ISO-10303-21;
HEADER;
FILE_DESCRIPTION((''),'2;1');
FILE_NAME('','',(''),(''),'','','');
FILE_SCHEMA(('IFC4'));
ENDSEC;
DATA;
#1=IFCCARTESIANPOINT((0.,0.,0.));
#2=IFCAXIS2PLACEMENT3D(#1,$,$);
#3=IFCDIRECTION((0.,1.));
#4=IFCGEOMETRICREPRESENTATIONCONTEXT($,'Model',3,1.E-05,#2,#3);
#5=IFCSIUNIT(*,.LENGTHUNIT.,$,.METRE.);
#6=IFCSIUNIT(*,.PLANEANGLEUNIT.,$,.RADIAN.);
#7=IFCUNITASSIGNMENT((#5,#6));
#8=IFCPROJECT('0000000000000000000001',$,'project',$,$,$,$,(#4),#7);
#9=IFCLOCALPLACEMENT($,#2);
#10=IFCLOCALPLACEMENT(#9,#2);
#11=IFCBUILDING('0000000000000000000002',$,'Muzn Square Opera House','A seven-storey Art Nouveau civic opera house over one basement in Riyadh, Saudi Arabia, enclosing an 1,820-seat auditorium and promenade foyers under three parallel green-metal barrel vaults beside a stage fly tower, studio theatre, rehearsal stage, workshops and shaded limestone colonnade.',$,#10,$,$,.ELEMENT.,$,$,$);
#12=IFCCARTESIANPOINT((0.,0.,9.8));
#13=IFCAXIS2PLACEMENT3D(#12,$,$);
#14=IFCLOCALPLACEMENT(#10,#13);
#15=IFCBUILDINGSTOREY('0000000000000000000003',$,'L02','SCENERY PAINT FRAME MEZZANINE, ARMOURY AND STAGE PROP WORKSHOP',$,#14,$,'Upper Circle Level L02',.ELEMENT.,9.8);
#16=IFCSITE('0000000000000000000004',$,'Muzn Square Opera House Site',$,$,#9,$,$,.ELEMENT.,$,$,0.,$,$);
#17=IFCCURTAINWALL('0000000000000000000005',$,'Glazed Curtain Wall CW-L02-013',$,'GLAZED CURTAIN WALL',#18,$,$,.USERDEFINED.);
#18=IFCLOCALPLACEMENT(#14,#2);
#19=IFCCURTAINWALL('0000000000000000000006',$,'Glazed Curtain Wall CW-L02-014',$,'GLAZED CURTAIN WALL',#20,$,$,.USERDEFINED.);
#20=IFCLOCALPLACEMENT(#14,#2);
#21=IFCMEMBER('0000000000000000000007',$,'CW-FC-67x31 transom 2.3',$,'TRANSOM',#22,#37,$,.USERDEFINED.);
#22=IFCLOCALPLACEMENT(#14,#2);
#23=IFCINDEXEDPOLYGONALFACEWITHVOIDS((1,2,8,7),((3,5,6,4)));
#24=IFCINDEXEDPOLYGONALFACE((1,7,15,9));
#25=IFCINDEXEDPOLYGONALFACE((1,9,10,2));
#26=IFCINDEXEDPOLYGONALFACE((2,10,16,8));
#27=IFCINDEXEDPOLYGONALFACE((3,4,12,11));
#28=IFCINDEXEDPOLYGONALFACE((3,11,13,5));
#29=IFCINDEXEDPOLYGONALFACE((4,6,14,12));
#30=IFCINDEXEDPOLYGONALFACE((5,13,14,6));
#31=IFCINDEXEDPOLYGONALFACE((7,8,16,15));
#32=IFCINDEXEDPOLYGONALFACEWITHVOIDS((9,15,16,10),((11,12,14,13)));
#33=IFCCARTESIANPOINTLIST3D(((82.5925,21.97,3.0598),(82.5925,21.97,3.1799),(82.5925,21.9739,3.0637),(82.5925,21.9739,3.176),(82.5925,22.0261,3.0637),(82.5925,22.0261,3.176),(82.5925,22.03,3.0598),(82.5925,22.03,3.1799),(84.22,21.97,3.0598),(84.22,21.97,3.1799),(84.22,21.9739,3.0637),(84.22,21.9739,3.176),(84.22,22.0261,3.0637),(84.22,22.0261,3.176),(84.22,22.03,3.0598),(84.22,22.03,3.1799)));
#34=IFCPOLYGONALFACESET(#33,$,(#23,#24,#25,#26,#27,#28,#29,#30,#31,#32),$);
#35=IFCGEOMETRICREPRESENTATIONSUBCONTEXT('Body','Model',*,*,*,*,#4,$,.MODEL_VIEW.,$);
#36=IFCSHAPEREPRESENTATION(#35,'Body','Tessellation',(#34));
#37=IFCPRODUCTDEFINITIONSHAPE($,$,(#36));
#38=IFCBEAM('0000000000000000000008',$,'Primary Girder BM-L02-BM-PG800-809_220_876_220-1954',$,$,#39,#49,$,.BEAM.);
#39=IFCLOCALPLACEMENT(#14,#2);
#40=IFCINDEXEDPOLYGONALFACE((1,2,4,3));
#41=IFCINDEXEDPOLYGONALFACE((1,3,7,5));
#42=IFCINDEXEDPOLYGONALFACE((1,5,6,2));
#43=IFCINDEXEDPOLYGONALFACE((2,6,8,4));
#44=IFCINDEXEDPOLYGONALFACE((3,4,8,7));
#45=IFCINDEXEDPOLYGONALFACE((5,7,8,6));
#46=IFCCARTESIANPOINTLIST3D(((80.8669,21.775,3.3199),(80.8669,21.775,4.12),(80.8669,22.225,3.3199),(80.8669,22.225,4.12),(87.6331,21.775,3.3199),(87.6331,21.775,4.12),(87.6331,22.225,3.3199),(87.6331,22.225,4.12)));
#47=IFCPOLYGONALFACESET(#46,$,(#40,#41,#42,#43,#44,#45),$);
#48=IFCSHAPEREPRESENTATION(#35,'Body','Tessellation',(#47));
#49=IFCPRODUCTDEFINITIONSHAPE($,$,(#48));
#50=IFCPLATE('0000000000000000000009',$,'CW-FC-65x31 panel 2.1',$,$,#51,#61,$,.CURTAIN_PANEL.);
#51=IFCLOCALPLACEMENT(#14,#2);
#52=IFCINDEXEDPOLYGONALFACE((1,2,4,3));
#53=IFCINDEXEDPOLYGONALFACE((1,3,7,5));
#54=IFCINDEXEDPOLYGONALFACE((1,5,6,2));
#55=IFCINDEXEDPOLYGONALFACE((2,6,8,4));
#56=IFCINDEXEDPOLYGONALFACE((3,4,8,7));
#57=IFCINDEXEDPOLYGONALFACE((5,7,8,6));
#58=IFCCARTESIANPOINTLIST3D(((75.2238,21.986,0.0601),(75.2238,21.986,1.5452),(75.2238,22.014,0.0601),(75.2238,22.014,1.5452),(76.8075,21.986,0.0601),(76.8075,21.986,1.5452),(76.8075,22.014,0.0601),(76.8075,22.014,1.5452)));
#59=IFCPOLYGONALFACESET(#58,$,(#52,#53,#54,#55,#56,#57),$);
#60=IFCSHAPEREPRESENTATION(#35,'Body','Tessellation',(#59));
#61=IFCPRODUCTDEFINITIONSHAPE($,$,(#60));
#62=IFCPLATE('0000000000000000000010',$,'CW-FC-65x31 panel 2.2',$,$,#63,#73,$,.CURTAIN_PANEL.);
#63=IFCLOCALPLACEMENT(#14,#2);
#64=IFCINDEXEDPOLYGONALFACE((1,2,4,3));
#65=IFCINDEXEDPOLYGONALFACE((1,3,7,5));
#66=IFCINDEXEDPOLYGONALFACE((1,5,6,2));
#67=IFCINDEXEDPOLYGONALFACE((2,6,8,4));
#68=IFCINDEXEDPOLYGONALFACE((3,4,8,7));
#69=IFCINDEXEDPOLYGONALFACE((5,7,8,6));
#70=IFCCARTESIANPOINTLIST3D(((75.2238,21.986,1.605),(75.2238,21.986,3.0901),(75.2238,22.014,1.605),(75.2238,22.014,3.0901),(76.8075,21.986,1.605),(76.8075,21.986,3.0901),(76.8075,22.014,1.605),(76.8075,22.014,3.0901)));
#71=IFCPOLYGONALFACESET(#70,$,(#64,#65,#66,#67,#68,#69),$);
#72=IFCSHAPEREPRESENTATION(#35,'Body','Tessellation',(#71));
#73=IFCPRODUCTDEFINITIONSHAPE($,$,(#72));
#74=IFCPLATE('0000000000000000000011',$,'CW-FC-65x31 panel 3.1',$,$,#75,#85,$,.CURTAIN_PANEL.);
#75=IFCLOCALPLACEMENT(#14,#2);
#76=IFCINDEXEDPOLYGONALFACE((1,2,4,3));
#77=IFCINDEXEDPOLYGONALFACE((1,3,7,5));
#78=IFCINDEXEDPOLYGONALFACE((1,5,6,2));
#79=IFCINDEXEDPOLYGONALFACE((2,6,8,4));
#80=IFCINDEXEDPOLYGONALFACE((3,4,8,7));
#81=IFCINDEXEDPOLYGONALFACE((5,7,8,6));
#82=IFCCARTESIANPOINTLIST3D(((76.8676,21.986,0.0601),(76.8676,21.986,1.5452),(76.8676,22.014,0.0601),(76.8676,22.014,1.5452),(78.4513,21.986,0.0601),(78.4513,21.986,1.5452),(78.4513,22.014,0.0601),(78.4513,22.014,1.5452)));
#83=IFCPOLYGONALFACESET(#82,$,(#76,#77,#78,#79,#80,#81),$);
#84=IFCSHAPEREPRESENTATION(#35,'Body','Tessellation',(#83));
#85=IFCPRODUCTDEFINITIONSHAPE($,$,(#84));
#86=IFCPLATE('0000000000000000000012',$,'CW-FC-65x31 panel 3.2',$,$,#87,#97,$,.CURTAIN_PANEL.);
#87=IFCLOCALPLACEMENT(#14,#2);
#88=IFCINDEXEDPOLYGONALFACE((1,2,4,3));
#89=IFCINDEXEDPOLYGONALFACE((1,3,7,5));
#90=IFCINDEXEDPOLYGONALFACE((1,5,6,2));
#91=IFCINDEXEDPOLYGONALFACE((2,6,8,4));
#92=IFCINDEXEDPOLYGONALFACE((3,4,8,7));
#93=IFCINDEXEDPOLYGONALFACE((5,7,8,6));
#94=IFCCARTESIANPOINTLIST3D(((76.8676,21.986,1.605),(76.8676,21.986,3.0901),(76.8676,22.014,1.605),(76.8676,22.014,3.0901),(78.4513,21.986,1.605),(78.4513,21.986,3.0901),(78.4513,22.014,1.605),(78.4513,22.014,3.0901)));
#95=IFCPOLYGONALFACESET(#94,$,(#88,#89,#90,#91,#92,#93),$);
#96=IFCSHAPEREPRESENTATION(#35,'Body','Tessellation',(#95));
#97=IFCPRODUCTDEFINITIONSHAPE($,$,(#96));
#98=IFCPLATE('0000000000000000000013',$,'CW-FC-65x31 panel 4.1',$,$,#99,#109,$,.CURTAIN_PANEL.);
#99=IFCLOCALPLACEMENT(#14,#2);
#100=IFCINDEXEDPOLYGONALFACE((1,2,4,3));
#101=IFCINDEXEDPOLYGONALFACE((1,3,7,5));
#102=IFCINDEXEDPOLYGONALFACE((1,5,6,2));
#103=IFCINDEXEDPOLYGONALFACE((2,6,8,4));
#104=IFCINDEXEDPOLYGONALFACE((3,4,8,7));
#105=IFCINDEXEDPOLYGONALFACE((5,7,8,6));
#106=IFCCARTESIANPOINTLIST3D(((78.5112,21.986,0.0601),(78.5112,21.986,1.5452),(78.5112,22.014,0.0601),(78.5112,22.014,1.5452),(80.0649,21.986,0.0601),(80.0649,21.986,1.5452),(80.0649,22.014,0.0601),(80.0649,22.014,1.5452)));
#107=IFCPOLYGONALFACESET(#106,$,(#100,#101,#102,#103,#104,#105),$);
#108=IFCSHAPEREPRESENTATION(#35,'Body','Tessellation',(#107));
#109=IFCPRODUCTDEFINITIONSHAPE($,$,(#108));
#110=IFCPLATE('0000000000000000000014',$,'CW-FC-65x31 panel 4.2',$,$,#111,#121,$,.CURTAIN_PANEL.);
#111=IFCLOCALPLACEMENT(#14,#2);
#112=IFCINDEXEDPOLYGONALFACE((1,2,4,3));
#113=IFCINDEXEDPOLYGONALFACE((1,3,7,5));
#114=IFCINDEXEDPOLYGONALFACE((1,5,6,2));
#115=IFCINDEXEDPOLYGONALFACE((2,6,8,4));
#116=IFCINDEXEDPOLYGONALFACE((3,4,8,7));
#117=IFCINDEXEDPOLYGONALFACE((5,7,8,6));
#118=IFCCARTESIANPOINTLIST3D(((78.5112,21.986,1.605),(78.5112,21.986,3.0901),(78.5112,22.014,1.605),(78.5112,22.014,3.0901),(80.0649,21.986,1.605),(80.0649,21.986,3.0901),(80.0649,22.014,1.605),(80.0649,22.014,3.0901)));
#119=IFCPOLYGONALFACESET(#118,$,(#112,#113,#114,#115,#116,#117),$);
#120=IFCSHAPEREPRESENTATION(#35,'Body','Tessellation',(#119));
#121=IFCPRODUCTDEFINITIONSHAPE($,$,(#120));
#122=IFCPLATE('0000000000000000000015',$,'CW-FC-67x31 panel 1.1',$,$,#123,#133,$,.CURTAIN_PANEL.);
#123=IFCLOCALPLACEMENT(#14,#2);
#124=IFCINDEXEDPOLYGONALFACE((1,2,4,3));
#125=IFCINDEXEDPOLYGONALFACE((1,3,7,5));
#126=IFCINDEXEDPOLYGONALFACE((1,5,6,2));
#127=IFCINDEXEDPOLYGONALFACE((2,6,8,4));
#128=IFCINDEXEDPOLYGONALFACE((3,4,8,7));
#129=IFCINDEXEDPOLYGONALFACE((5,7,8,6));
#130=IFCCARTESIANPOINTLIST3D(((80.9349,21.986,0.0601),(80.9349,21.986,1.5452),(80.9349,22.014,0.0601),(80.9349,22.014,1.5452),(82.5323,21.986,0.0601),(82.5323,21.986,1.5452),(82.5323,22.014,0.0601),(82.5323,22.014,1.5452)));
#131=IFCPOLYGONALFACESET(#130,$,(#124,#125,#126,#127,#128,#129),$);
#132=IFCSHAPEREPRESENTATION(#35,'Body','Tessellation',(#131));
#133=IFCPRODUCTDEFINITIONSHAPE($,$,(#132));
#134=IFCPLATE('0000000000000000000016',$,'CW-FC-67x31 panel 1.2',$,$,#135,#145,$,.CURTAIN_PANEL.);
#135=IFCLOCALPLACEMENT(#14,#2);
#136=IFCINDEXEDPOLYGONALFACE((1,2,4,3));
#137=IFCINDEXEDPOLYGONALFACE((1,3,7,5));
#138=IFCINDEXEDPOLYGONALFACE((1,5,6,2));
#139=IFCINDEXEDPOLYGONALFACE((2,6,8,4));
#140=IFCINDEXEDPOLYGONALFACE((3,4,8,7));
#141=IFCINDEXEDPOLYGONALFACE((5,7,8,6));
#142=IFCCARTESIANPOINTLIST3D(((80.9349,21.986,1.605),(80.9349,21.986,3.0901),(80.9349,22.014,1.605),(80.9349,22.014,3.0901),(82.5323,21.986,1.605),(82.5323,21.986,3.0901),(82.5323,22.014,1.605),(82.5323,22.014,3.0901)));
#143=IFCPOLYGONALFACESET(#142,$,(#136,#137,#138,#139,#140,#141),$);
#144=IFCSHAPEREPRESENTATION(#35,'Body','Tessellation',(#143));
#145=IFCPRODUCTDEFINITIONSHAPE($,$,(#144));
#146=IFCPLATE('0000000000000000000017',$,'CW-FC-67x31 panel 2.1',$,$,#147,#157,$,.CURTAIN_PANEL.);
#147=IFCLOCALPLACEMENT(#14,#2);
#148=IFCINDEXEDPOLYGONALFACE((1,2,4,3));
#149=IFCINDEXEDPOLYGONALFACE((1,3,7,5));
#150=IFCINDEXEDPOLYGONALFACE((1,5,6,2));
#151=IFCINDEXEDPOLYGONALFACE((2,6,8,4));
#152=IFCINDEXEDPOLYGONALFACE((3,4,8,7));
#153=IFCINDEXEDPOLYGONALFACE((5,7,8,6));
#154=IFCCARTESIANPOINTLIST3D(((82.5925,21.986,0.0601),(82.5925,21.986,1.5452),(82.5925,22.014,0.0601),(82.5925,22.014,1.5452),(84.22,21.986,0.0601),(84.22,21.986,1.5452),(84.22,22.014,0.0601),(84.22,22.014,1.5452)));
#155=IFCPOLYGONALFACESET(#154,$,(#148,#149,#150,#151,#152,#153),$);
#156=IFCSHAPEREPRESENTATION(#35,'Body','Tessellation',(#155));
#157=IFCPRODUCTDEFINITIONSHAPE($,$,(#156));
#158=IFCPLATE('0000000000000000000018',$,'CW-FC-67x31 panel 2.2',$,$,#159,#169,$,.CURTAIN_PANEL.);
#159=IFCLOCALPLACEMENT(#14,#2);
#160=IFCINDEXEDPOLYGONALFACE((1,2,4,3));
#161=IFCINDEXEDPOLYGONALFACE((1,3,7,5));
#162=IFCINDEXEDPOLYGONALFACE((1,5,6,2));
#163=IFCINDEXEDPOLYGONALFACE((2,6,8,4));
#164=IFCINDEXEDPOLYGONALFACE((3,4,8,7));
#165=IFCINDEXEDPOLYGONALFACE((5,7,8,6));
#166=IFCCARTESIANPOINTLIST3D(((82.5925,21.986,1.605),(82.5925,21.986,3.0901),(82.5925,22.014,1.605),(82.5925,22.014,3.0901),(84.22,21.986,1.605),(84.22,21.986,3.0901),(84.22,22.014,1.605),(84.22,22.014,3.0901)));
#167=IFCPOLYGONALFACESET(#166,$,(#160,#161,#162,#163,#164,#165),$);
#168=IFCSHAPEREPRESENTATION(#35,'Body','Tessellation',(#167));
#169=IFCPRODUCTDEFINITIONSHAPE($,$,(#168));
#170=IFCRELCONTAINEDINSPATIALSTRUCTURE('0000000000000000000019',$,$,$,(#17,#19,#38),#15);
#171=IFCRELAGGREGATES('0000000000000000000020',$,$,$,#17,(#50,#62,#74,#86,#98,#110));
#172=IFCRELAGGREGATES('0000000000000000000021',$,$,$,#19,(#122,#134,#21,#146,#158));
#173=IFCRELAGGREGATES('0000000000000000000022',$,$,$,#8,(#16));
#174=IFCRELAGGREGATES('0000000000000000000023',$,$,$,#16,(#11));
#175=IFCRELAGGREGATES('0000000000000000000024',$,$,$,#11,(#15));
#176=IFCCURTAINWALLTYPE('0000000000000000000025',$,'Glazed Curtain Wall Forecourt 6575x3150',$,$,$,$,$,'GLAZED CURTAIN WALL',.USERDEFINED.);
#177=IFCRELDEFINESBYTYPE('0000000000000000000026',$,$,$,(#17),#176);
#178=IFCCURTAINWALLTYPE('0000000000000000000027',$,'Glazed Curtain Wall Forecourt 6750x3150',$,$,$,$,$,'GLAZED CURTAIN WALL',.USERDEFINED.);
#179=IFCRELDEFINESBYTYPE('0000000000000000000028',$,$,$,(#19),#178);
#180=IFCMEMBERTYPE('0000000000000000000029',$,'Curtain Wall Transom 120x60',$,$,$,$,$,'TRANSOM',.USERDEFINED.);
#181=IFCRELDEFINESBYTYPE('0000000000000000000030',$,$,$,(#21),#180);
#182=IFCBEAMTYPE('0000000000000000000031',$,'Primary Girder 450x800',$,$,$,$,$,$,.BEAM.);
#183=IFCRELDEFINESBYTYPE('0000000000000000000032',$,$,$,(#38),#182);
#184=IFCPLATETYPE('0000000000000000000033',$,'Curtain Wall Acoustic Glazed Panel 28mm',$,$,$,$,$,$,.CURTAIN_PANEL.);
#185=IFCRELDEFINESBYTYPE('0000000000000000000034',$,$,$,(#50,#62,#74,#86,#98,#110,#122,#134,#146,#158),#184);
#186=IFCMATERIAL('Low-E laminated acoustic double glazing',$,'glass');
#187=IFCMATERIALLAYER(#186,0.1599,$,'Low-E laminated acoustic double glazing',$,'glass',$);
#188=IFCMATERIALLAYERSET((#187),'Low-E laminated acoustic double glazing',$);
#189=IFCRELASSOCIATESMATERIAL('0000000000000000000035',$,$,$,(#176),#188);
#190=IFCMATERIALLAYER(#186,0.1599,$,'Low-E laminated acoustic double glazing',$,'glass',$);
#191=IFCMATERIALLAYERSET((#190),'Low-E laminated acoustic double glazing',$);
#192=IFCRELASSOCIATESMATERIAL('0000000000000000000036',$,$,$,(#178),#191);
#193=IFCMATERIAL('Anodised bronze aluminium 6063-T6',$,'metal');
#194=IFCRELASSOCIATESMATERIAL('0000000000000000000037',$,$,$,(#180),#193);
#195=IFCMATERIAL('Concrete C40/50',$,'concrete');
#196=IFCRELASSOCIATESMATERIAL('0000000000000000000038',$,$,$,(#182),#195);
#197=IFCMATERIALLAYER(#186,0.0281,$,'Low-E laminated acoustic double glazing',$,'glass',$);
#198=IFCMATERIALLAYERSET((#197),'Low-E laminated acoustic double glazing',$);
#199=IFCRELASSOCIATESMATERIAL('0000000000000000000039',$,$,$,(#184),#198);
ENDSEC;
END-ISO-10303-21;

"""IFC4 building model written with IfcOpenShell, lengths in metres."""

from ifc_helpers import new_model, si_unit, direction, frame, origin, origin_2d, place, context, subcontext, project, spatial, rectangle, hollow_rectangle, extrude, material, layer, layer_set, material_profile, profile_set, type_object, element, aggregate, save


model = new_model("IFC4")

# Units and contexts
model_context = context("Model", 3, precision=1e-05, world=origin(), true_north=direction((0.0, 1.0)))
body_context = subcontext(model_context, "Body", "Model", "MODEL_VIEW")
ifc_project = project(units=[si_unit("LENGTHUNIT", "METRE"), si_unit("PLANEANGLEUNIT", "RADIAN")], contexts=[model_context])

# Site, building, storey
site_placement = place(None, origin())
site = spatial("IfcSite", under=ifc_project, at=site_placement, Name="Muzn Square Opera House Site", CompositionType="ELEMENT", RefElevation=0.0)
building_placement = place(site_placement, origin())
building = spatial("IfcBuilding", under=site, at=building_placement, Name="Muzn Square Opera House", Description="A seven-storey Art Nouveau civic opera house over one basement in Riyadh, Saudi Arabia, enclosing an 1,820-seat auditorium and promenade foyers under three parallel green-metal barrel vaults beside a stage fly tower, studio theatre, rehearsal stage, workshops and shaded limestone colonnade.", CompositionType="ELEMENT")
storey_placement = place(building_placement, frame((0.0, 0.0, 9.8)))
storey = spatial("IfcBuildingStorey", under=building, at=storey_placement, Name="L02", Description="SCENERY PAINT FRAME MEZZANINE, ARMOURY AND STAGE PROP WORKSHOP", LongName="Upper Circle Level L02", CompositionType="ELEMENT", Elevation=9.8)

# Curtain walls
ifc_material_1 = material(Name="Low-E laminated acoustic double glazing", Category="glass")
ifc_layer_1 = layer(ifc_material_1, 0.1599, Name="Low-E laminated acoustic double glazing", Category="glass")
ifc_layer_set_1 = layer_set([ifc_layer_1], Name="Low-E laminated acoustic double glazing")
curtain_wall_type_1 = type_object("IfcCurtainWallType", Name="Glazed Curtain Wall Forecourt 6575x3150", ElementType="GLAZED CURTAIN WALL", PredefinedType="USERDEFINED", material=ifc_layer_set_1)
curtain_wall_1_placement = place(storey_placement, origin())
curtain_wall_1 = element("IfcCurtainWall", 1, at=curtain_wall_1_placement, inside=storey, type_object=curtain_wall_type_1, Name="Glazed Curtain Wall CW-L02-013", ObjectType="GLAZED CURTAIN WALL", PredefinedType="USERDEFINED")
ifc_material_2 = material(Name="Anodised bronze aluminium 6063-T6", Category="metal")
ifc_layer_2 = layer(ifc_material_1, 0.1599, Name="Low-E laminated acoustic double glazing", Category="glass")
ifc_layer_set_2 = layer_set([ifc_layer_2], Name="Low-E laminated acoustic double glazing")
curtain_wall_type_2 = type_object("IfcCurtainWallType", Name="Glazed Curtain Wall Forecourt 6750x3150", ElementType="GLAZED CURTAIN WALL", PredefinedType="USERDEFINED", material=ifc_layer_set_2)
curtain_wall_2_placement = place(storey_placement, origin())
curtain_wall_2 = element("IfcCurtainWall", 2, at=curtain_wall_2_placement, inside=storey, type_object=curtain_wall_type_2, Name="Glazed Curtain Wall CW-L02-014", ObjectType="GLAZED CURTAIN WALL", PredefinedType="USERDEFINED")

# Member
ifc_material_profile_1 = material_profile(ifc_material_2, hollow_rectangle(XDim=0.0601, YDim=0.1201, WallThickness=0.0039, at=origin_2d()), Name="ALU 120x60x4", Category="metal")
ifc_profile_set_1 = profile_set([ifc_material_profile_1], Name="Anodised bronze aluminium 6063-T6")
member_type_1 = type_object("IfcMemberType", Name="Curtain Wall Transom 120x60", ElementType="TRANSOM", PredefinedType="USERDEFINED", material=ifc_profile_set_1)
member_1_placement = place(storey_placement, frame((82.5925, 22.0, 3.1199), z_axis=(1.0, 0.0, 0.0), x_axis=(0.0, 1.0, 0.0)))
member_1 = element("IfcMember", 3, at=member_1_placement, type_object=member_type_1, Name="CW-FC-67x31 transom 2.3", ObjectType="TRANSOM", PredefinedType="USERDEFINED", context=body_context, shape_type="SweptSolid", body=[
    extrude(hollow_rectangle(XDim=0.0601, YDim=0.1201, WallThickness=0.0039, at=origin_2d()), origin(), (0.0, 0.0, 1.0), 1.6274),
])

# Beam
ifc_material_3 = material(Name="Concrete C40/50", Category="concrete")
ifc_material_profile_2 = material_profile(ifc_material_3, rectangle(XDim=0.45, YDim=0.8, at=origin_2d()), Name="RCB 450x800", Category="concrete")
ifc_profile_set_2 = profile_set([ifc_material_profile_2], Name="Concrete C40/50")
beam_type = type_object("IfcBeamType", Name="Primary Girder 450x800", PredefinedType="BEAM", material=ifc_profile_set_2)
beam_placement = place(storey_placement, frame((80.8669, 22.0, 3.72), z_axis=(1.0, 0.0, 0.0), x_axis=(0.0, 1.0, 0.0)))
element("IfcBeam", 4, at=beam_placement, inside=storey, type_object=beam_type, Name="Primary Girder BM-L02-BM-PG800-809_220_876_220-1954", PredefinedType="BEAM", context=body_context, shape_type="SweptSolid", body=[
    extrude(rectangle(XDim=0.45, YDim=0.8, at=origin_2d()), origin(), (0.0, 0.0, 1.0), 6.7661),
])

# Plates
ifc_layer_3 = layer(ifc_material_1, 0.0281, Name="Low-E laminated acoustic double glazing", Category="glass")
ifc_layer_set_3 = layer_set([ifc_layer_3], Name="Low-E laminated acoustic double glazing")
plate_type = type_object("IfcPlateType", Name="Curtain Wall Acoustic Glazed Panel 28mm", PredefinedType="CURTAIN_PANEL", material=ifc_layer_set_3)
plate_1_placement = place(storey_placement, frame((76.0156, 22.0, 0.0601), z_axis=(0.0, 0.0, 1.0), x_axis=(1.0, 0.0, 0.0)))
plate_1 = element("IfcPlate", 5, at=plate_1_placement, type_object=plate_type, Name="CW-FC-65x31 panel 2.1", PredefinedType="CURTAIN_PANEL", context=body_context, shape_type="SweptSolid", body=[
    extrude(rectangle(XDim=1.5837, YDim=0.0281, at=origin_2d()), origin(), (0.0, 0.0, 1.0), 1.4851),
])
plate_2_placement = place(storey_placement, frame((76.0156, 22.0, 1.605), z_axis=(0.0, 0.0, 1.0), x_axis=(1.0, 0.0, 0.0)))
plate_2 = element("IfcPlate", 6, at=plate_2_placement, type_object=plate_type, Name="CW-FC-65x31 panel 2.2", PredefinedType="CURTAIN_PANEL", context=body_context, shape_type="SweptSolid", body=[
    extrude(rectangle(XDim=1.5837, YDim=0.0281, at=origin_2d()), origin(), (0.0, 0.0, 1.0), 1.4851),
])
plate_3_placement = place(storey_placement, frame((77.6594, 22.0, 0.0601), z_axis=(0.0, 0.0, 1.0), x_axis=(1.0, 0.0, 0.0)))
plate_3 = element("IfcPlate", 7, at=plate_3_placement, type_object=plate_type, Name="CW-FC-65x31 panel 3.1", PredefinedType="CURTAIN_PANEL", context=body_context, shape_type="SweptSolid", body=[
    extrude(rectangle(XDim=1.5837, YDim=0.0281, at=origin_2d()), origin(), (0.0, 0.0, 1.0), 1.4851),
])
plate_4_placement = place(storey_placement, frame((77.6594, 22.0, 1.605), z_axis=(0.0, 0.0, 1.0), x_axis=(1.0, 0.0, 0.0)))
plate_4 = element("IfcPlate", 8, at=plate_4_placement, type_object=plate_type, Name="CW-FC-65x31 panel 3.2", PredefinedType="CURTAIN_PANEL", context=body_context, shape_type="SweptSolid", body=[
    extrude(rectangle(XDim=1.5837, YDim=0.0281, at=origin_2d()), origin(), (0.0, 0.0, 1.0), 1.4851),
])
plate_5_placement = place(storey_placement, frame((79.2881, 22.0, 0.0601), z_axis=(0.0, 0.0, 1.0), x_axis=(1.0, 0.0, 0.0)))
plate_5 = element("IfcPlate", 9, at=plate_5_placement, type_object=plate_type, Name="CW-FC-65x31 panel 4.1", PredefinedType="CURTAIN_PANEL", context=body_context, shape_type="SweptSolid", body=[
    extrude(rectangle(XDim=1.5537, YDim=0.0281, at=origin_2d()), origin(), (0.0, 0.0, 1.0), 1.4851),
])
plate_6_placement = place(storey_placement, frame((79.2881, 22.0, 1.605), z_axis=(0.0, 0.0, 1.0), x_axis=(1.0, 0.0, 0.0)))
plate_6 = element("IfcPlate", 10, at=plate_6_placement, type_object=plate_type, Name="CW-FC-65x31 panel 4.2", PredefinedType="CURTAIN_PANEL", context=body_context, shape_type="SweptSolid", body=[
    extrude(rectangle(XDim=1.5537, YDim=0.0281, at=origin_2d()), origin(), (0.0, 0.0, 1.0), 1.4851),
])
aggregate(curtain_wall_1, [plate_1, plate_2, plate_3, plate_4, plate_5, plate_6])
plate_7_placement = place(storey_placement, frame((81.7336, 22.0, 0.0601), z_axis=(0.0, 0.0, 1.0), x_axis=(1.0, 0.0, 0.0)))
plate_7 = element("IfcPlate", 11, at=plate_7_placement, type_object=plate_type, Name="CW-FC-67x31 panel 1.1", PredefinedType="CURTAIN_PANEL", context=body_context, shape_type="SweptSolid", body=[
    extrude(rectangle(XDim=1.5974, YDim=0.0281, at=origin_2d()), origin(), (0.0, 0.0, 1.0), 1.4851),
])
plate_8_placement = place(storey_placement, frame((81.7336, 22.0, 1.605), z_axis=(0.0, 0.0, 1.0), x_axis=(1.0, 0.0, 0.0)))
plate_8 = element("IfcPlate", 12, at=plate_8_placement, type_object=plate_type, Name="CW-FC-67x31 panel 1.2", PredefinedType="CURTAIN_PANEL", context=body_context, shape_type="SweptSolid", body=[
    extrude(rectangle(XDim=1.5974, YDim=0.0281, at=origin_2d()), origin(), (0.0, 0.0, 1.0), 1.4851),
])
plate_9_placement = place(storey_placement, frame((83.4062, 22.0, 0.0601), z_axis=(0.0, 0.0, 1.0), x_axis=(1.0, 0.0, 0.0)))
plate_9 = element("IfcPlate", 13, at=plate_9_placement, type_object=plate_type, Name="CW-FC-67x31 panel 2.1", PredefinedType="CURTAIN_PANEL", context=body_context, shape_type="SweptSolid", body=[
    extrude(rectangle(XDim=1.6274, YDim=0.0281, at=origin_2d()), origin(), (0.0, 0.0, 1.0), 1.4851),
])
plate_10_placement = place(storey_placement, frame((83.4062, 22.0, 1.605), z_axis=(0.0, 0.0, 1.0), x_axis=(1.0, 0.0, 0.0)))
plate_10 = element("IfcPlate", 14, at=plate_10_placement, type_object=plate_type, Name="CW-FC-67x31 panel 2.2", PredefinedType="CURTAIN_PANEL", context=body_context, shape_type="SweptSolid", body=[
    extrude(rectangle(XDim=1.6274, YDim=0.0281, at=origin_2d()), origin(), (0.0, 0.0, 1.0), 1.4851),
])
aggregate(curtain_wall_2, [plate_7, plate_8, member_1, plate_9, plate_10])

save(model, "model.ifc")
